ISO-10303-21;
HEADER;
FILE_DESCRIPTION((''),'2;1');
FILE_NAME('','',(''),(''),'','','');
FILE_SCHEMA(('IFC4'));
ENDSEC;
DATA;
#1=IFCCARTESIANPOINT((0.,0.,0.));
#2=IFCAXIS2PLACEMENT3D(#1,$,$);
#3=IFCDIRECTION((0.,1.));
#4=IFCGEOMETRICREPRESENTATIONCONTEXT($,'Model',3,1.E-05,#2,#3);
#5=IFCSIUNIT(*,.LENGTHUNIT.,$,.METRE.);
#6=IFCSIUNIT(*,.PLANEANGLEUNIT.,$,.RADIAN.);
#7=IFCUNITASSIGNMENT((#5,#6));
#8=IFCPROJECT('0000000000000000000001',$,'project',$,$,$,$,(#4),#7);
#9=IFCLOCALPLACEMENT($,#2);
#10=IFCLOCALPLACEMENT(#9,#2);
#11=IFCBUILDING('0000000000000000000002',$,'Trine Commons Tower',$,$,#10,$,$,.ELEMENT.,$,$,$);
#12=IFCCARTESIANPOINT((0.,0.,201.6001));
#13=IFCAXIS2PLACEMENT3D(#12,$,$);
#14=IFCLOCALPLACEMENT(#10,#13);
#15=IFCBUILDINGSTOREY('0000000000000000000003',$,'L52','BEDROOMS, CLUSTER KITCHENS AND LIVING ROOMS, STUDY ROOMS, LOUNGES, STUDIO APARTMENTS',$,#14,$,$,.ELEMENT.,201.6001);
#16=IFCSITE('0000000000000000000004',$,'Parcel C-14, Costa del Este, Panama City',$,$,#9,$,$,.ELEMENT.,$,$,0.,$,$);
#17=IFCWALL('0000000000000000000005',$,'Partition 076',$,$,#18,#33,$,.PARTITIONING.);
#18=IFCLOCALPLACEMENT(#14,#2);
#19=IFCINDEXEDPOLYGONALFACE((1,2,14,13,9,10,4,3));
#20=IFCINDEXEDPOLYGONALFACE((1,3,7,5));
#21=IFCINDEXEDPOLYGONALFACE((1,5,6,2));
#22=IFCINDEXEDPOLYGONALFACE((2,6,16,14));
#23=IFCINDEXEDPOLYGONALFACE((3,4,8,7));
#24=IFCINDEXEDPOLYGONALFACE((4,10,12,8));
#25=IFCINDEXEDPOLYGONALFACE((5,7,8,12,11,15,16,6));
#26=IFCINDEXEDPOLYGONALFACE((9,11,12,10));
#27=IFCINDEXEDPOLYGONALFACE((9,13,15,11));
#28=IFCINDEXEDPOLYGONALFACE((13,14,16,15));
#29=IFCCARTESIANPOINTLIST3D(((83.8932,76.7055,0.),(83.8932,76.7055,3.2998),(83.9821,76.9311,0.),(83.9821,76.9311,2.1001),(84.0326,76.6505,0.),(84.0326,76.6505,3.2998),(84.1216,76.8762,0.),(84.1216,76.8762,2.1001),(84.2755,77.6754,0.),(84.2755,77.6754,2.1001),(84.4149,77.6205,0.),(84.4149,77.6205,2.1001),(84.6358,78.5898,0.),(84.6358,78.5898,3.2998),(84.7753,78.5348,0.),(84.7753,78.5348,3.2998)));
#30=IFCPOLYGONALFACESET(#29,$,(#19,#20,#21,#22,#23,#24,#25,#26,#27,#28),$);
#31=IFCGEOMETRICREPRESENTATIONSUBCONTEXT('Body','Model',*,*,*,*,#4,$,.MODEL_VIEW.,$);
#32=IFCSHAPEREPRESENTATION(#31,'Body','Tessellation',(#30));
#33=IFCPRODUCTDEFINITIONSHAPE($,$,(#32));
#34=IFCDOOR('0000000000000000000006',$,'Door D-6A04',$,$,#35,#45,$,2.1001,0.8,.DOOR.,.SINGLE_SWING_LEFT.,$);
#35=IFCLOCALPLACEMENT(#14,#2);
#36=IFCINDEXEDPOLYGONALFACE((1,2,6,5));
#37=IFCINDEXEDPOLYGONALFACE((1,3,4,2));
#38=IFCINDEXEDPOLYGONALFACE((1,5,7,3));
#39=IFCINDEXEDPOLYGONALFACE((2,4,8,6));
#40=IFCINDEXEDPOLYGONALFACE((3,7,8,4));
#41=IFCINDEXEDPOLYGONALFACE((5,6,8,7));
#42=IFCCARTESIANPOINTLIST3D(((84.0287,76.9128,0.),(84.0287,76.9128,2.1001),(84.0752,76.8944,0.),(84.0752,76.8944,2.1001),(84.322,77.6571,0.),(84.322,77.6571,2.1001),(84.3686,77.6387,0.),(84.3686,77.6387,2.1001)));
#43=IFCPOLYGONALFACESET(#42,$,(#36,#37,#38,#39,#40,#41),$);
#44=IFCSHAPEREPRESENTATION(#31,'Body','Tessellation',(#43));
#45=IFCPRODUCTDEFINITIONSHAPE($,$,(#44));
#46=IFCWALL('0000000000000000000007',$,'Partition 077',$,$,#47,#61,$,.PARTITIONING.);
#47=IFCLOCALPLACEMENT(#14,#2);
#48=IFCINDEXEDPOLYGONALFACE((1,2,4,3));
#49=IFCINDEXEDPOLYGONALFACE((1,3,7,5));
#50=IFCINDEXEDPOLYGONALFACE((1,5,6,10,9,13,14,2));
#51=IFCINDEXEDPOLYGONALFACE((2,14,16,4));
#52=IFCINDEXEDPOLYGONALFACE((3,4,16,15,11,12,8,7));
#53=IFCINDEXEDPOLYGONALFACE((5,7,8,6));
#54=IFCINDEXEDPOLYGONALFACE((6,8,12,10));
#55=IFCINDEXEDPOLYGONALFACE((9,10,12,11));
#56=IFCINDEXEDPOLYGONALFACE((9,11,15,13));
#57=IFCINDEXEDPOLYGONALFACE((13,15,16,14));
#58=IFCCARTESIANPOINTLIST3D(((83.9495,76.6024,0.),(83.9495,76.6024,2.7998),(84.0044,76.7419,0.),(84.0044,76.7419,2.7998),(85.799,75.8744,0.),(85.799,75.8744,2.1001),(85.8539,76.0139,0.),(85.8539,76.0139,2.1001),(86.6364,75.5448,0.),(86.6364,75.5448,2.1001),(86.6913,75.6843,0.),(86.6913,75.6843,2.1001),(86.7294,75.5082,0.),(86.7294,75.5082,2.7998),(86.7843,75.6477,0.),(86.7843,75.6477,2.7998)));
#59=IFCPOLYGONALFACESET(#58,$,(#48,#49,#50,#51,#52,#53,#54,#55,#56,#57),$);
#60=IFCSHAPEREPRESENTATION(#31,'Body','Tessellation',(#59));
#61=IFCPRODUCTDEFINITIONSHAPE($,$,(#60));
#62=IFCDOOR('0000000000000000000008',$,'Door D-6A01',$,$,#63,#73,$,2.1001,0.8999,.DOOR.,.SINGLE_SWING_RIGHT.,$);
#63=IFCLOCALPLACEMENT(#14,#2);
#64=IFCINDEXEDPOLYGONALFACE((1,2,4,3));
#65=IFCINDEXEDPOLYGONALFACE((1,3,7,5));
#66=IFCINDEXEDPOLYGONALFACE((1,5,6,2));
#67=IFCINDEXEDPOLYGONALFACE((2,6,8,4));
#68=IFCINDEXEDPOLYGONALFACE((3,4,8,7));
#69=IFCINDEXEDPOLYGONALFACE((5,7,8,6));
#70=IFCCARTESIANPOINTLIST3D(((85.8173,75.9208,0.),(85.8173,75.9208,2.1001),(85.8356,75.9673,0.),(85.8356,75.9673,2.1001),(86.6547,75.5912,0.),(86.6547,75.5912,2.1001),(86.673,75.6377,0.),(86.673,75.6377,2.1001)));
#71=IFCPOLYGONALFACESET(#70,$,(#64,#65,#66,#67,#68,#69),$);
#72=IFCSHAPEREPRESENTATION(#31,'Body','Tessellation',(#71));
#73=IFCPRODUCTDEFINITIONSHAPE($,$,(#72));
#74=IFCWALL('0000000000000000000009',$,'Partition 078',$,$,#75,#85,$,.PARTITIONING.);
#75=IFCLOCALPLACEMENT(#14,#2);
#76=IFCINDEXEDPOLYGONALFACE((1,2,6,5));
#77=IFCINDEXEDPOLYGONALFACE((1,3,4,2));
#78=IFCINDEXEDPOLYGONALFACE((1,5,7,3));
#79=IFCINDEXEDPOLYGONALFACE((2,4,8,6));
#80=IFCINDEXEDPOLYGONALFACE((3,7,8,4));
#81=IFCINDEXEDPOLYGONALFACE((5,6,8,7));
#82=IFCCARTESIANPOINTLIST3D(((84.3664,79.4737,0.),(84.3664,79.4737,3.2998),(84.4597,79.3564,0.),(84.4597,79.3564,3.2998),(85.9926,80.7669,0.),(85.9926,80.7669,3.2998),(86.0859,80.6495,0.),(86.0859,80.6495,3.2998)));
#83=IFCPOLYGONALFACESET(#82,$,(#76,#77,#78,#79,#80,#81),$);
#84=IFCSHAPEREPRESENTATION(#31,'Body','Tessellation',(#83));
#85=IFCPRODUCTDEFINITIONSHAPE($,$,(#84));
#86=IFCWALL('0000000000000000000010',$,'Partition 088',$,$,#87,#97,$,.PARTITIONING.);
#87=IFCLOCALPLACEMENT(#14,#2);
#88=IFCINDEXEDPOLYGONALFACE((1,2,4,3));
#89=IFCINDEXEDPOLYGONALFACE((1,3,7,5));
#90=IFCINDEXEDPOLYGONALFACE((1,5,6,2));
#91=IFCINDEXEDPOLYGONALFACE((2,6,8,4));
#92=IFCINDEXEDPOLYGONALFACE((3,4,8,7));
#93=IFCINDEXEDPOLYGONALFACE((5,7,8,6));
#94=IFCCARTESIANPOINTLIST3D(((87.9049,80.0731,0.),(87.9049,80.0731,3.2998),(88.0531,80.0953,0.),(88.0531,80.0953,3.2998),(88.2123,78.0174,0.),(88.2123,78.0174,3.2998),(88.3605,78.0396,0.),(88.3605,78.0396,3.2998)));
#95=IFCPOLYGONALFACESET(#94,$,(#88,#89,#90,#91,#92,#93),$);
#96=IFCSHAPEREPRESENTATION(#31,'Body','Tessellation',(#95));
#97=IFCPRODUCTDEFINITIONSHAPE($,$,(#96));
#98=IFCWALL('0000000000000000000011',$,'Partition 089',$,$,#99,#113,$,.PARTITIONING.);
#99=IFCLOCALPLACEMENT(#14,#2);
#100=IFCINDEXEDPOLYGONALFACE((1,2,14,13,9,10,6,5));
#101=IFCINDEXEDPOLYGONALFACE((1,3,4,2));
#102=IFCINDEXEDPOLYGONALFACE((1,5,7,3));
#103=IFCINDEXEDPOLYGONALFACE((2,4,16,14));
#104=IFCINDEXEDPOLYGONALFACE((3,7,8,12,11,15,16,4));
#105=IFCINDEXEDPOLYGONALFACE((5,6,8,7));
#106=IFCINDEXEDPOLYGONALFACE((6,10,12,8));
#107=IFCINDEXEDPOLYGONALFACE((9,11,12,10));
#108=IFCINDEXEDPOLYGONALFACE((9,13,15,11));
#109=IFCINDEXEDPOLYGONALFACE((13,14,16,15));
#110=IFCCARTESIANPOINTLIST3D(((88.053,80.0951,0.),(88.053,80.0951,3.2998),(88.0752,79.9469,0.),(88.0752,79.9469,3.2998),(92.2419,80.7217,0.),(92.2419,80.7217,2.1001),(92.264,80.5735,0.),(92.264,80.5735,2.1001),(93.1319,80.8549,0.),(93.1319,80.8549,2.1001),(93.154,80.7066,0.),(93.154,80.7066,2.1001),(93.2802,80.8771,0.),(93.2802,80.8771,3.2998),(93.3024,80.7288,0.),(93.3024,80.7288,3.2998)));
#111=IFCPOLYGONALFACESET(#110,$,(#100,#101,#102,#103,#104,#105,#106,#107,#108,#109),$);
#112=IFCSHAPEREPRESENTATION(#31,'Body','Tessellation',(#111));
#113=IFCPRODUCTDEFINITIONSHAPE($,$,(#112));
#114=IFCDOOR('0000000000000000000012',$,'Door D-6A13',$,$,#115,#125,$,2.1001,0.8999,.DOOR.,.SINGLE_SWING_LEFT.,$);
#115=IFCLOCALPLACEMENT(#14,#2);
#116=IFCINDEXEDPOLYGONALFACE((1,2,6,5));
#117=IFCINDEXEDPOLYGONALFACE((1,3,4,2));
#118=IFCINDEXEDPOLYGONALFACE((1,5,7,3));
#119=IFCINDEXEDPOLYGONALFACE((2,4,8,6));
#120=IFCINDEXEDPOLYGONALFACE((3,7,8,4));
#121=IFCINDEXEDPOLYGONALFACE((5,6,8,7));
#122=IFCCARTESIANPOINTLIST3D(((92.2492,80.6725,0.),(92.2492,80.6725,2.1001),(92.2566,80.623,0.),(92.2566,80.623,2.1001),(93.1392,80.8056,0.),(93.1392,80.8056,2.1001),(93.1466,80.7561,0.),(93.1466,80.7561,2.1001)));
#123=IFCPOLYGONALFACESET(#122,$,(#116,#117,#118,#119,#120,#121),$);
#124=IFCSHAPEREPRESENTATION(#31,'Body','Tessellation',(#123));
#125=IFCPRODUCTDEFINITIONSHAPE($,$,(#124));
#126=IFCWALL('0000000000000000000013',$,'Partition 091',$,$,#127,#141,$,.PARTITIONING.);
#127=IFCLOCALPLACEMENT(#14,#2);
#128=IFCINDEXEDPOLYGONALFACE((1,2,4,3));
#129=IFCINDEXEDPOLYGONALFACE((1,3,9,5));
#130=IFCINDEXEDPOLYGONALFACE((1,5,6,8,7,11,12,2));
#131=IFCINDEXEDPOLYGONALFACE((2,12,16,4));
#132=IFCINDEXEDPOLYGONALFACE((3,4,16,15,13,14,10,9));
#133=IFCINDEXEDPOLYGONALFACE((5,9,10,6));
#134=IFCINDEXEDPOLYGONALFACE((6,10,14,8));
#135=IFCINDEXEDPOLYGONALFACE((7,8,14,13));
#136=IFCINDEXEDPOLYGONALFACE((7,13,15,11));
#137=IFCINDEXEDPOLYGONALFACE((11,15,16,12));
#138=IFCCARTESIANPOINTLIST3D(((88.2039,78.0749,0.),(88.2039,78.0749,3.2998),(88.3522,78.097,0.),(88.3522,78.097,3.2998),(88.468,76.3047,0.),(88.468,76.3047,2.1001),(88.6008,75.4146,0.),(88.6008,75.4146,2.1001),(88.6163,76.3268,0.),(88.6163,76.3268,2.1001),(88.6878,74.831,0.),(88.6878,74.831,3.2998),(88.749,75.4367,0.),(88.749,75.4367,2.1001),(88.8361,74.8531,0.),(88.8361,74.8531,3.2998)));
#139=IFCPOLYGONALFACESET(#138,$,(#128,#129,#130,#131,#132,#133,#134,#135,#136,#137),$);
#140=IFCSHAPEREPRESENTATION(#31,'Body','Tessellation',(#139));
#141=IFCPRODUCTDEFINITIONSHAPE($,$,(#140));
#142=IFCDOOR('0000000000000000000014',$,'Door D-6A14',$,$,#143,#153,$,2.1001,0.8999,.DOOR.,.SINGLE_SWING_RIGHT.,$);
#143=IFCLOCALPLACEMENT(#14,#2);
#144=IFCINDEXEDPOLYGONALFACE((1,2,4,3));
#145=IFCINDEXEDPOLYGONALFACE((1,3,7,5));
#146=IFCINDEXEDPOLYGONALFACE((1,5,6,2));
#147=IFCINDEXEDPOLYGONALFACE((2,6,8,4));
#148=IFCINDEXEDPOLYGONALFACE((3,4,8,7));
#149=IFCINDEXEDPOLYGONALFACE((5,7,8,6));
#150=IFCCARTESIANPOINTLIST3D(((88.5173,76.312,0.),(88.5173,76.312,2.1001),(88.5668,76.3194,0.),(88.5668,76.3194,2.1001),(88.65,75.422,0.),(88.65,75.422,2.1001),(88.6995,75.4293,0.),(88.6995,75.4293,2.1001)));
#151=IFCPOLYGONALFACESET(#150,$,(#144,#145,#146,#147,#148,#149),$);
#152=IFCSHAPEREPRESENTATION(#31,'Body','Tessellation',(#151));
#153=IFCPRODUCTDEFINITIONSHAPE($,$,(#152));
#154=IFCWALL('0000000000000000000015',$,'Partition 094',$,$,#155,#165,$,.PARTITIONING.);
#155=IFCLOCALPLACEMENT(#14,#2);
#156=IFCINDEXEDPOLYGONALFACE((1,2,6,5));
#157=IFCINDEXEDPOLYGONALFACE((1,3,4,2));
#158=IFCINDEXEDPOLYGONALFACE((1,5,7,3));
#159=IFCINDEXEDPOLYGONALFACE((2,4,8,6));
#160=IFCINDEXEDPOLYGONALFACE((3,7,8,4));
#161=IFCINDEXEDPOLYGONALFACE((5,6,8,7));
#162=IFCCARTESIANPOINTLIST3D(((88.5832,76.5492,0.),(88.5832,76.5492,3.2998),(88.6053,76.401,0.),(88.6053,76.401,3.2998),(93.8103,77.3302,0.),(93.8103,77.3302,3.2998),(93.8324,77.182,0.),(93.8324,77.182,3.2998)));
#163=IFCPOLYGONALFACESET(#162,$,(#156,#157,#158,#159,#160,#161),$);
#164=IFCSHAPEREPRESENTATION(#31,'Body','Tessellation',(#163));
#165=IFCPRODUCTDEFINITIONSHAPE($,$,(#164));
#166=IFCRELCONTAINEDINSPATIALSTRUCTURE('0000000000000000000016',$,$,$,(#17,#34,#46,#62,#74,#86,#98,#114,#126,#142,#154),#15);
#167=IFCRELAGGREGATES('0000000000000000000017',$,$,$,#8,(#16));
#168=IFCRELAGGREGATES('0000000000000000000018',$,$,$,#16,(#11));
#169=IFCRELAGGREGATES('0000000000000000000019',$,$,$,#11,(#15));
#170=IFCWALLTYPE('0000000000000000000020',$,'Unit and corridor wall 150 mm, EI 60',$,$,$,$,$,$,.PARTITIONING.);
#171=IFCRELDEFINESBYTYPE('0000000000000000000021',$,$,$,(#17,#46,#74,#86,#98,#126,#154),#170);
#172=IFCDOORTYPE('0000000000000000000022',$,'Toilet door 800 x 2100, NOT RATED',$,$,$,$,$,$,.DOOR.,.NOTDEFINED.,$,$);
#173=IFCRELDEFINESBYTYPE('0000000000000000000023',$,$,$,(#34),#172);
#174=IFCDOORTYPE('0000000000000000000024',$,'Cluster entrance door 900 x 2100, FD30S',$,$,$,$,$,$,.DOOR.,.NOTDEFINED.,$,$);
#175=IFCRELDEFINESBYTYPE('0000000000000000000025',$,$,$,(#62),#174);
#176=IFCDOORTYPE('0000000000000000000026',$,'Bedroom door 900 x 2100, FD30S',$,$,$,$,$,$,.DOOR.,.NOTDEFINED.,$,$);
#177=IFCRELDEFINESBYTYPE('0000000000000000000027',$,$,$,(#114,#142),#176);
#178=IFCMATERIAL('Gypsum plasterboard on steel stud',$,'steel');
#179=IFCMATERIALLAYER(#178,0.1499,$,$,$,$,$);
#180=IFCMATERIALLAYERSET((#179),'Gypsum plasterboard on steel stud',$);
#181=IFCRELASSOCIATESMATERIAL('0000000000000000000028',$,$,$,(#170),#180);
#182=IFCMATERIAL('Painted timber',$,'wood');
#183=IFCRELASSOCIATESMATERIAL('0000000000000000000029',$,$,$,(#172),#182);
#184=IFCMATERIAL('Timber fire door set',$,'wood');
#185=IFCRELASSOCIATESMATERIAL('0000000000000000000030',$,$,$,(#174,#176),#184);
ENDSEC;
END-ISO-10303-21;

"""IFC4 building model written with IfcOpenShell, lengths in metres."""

from ifc_helpers import new_model, si_unit, direction, frame, frame_2d, origin, place, context, subcontext, project, spatial, rectangle, extrude, material, layer, layer_set, type_object, element, fill, save


model = new_model("IFC4")

# Units and contexts
model_context = context("Model", 3, precision=1e-05, world=origin(), true_north=direction((0.0, 1.0)))
body_context = subcontext(model_context, "Body", "Model", "MODEL_VIEW")
ifc_project = project(units=[si_unit("LENGTHUNIT", "METRE"), si_unit("PLANEANGLEUNIT", "RADIAN")], contexts=[model_context])

# Site, building, storey
site_placement = place(None, origin())
site = spatial("IfcSite", under=ifc_project, at=site_placement, Name="Parcel C-14, Costa del Este, Panama City", CompositionType="ELEMENT", RefElevation=0.0)
building_placement = place(site_placement, origin())
building = spatial("IfcBuilding", under=site, at=building_placement, Name="Trine Commons Tower", CompositionType="ELEMENT")
storey_placement = place(building_placement, frame((0.0, 0.0, 201.6001)))
storey = spatial("IfcBuildingStorey", under=building, at=storey_placement, Name="L52", Description="BEDROOMS, CLUSTER KITCHENS AND LIVING ROOMS, STUDY ROOMS, LOUNGES, STUDIO APARTMENTS", CompositionType="ELEMENT", Elevation=201.6001)

# Shared definitions
ifc_material_1 = material(Name="Gypsum plasterboard on steel stud", Category="steel")
ifc_layer_1 = layer(ifc_material_1, 0.1499)
ifc_layer_set_1 = layer_set([ifc_layer_1], Name="Gypsum plasterboard on steel stud")
wall_type_1 = type_object("IfcWallType", Name="Unit and corridor wall 150 mm, EI 60", PredefinedType="PARTITIONING", material=ifc_layer_set_1)

# Walls, openings, doors
wall_1_placement = place(storey_placement, frame((83.9629, 76.678, 0.0), z_axis=(0.0, 0.0, 1.0), x_axis=(0.366689, 0.930344, 0.0)))
wall_1 = element("IfcWall", 1, at=wall_1_placement, inside=storey, type_object=wall_type_1, Name="Partition 076", PredefinedType="PARTITIONING", context=body_context, shape_type="SweptSolid", body=[
    extrude(rectangle(XDim=2.0254, YDim=0.1499, at=frame_2d((1.0127, 0.0))), origin(), (0.0, 0.0, 1.0), 3.2998),
])
opening_1_placement = place(wall_1_placement, frame((0.2427, 0.0, 0.0)))
opening_1 = element("IfcOpeningElement", 2, at=opening_1_placement, cuts=wall_1, PredefinedType="OPENING", context=body_context, shape_type="SweptSolid", body=[
    extrude(rectangle(XDim=0.8, YDim=2.1001, at=frame_2d((0.3999, 1.05))), frame((0.0, 0.085, 0.0), z_axis=(0.0, -1.0, 0.0), x_axis=(1.0, 0.0, 0.0)), (0.0, 0.0, 1.0), 0.1699),
])
ifc_material_2 = material(Name="Painted timber", Category="wood")
door_type_1 = type_object("IfcDoorType", Name="Toilet door 800 x 2100, NOT RATED", OperationType="NOTDEFINED", PredefinedType="DOOR", material=ifc_material_2)
door_1_placement = place(opening_1_placement, origin())
door_1 = element("IfcDoor", 3, at=door_1_placement, inside=storey, type_object=door_type_1, Name="Door D-6A04", OperationType="SINGLE_SWING_LEFT", OverallHeight=2.1001, OverallWidth=0.8, PredefinedType="DOOR", context=body_context, shape_type="SweptSolid", body=[
    extrude(rectangle(XDim=0.8, YDim=2.1001, at=frame_2d((0.3999, 1.05))), frame((0.0, 0.0249, 0.0), z_axis=(0.0, -1.0, 0.0), x_axis=(1.0, 0.0, 0.0)), (0.0, 0.0, 1.0), 0.05),
])
fill(opening_1, door_1)
wall_2_placement = place(storey_placement, frame((83.9771, 76.6721, 0.0), z_axis=(0.0, 0.0, 1.0), x_axis=(0.930514, -0.366257, 0.0)))
wall_2 = element("IfcWall", 4, at=wall_2_placement, inside=storey, type_object=wall_type_1, Name="Partition 077", PredefinedType="PARTITIONING", context=body_context, shape_type="SweptSolid", body=[
    extrude(rectangle(XDim=2.9875, YDim=0.1499, at=frame_2d((1.4937, 0.0))), origin(), (0.0, 0.0, 1.0), 2.7998),
])
opening_2_placement = place(wall_2_placement, frame((1.9875, 0.0, 0.0)))
opening_2 = element("IfcOpeningElement", 5, at=opening_2_placement, cuts=wall_2, PredefinedType="OPENING", context=body_context, shape_type="SweptSolid", body=[
    extrude(rectangle(XDim=0.8999, YDim=2.1001, at=frame_2d((0.45, 1.05))), frame((0.0, 0.085, 0.0), z_axis=(0.0, -1.0, 0.0), x_axis=(1.0, 0.0, 0.0)), (0.0, 0.0, 1.0), 0.1699),
])
ifc_material_3 = material(Name="Timber fire door set", Category="wood")
door_type_2 = type_object("IfcDoorType", Name="Cluster entrance door 900 x 2100, FD30S", OperationType="NOTDEFINED", PredefinedType="DOOR", material=ifc_material_3)
door_2_placement = place(opening_2_placement, origin())
door_2 = element("IfcDoor", 6, at=door_2_placement, inside=storey, type_object=door_type_2, Name="Door D-6A01", OperationType="SINGLE_SWING_RIGHT", OverallHeight=2.1001, OverallWidth=0.8999, PredefinedType="DOOR", context=body_context, shape_type="SweptSolid", body=[
    extrude(rectangle(XDim=0.8999, YDim=2.1001, at=frame_2d((0.45, 1.05))), frame((0.0, 0.0249, 0.0), z_axis=(0.0, -1.0, 0.0), x_axis=(1.0, 0.0, 0.0)), (0.0, 0.0, 1.0), 0.05),
])
fill(opening_2, door_2)

# Walls
wall_3_placement = place(storey_placement, frame((84.4131, 79.415, 0.0), z_axis=(0.0, 0.0, 1.0), x_axis=(0.782688, 0.622414, 0.0)))
element("IfcWall", 7, at=wall_3_placement, inside=storey, type_object=wall_type_1, Name="Partition 078", PredefinedType="PARTITIONING", context=body_context, shape_type="SweptSolid", body=[
    extrude(rectangle(XDim=2.0776, YDim=0.1499, at=frame_2d((1.0388, 0.0))), origin(), (0.0, 0.0, 1.0), 3.2998),
])
wall_4_placement = place(storey_placement, frame((87.979, 80.0842, 0.0), z_axis=(0.0, 0.0, 1.0), x_axis=(0.147881, -0.989005, 0.0)))
element("IfcWall", 8, at=wall_4_placement, inside=storey, type_object=wall_type_1, Name="Partition 088", PredefinedType="PARTITIONING", context=body_context, shape_type="SweptSolid", body=[
    extrude(rectangle(XDim=2.0786, YDim=0.1499, at=frame_2d((1.0393, 0.0))), origin(), (0.0, 0.0, 1.0), 3.2998),
])

# Walls, openings, doors
wall_5_placement = place(storey_placement, frame((88.0642, 80.021, 0.0), z_axis=(0.0, 0.0, 1.0), x_axis=(0.988995, 0.14795, 0.0)))
wall_5 = element("IfcWall", 9, at=wall_5_placement, inside=storey, type_object=wall_type_1, Name="Partition 089", PredefinedType="PARTITIONING", context=body_context, shape_type="SweptSolid", body=[
    extrude(rectangle(XDim=5.2854, YDim=0.1499, at=frame_2d((2.6426, 0.0))), origin(), (0.0, 0.0, 1.0), 3.2998),
])
opening_3_placement = place(wall_5_placement, frame((4.2354, 0.0, 0.0)))
opening_3 = element("IfcOpeningElement", 10, at=opening_3_placement, cuts=wall_5, PredefinedType="OPENING", context=body_context, shape_type="SweptSolid", body=[
    extrude(rectangle(XDim=0.8999, YDim=2.1001, at=frame_2d((0.45, 1.05))), frame((0.0, 0.085, 0.0), z_axis=(0.0, -1.0, 0.0), x_axis=(1.0, 0.0, 0.0)), (0.0, 0.0, 1.0), 0.1699),
])
door_type_3 = type_object("IfcDoorType", Name="Bedroom door 900 x 2100, FD30S", OperationType="NOTDEFINED", PredefinedType="DOOR", material=ifc_material_3)
door_3_placement = place(opening_3_placement, frame((0.8999, 0.0, 0.0), z_axis=(0.0, 0.0, 1.0), x_axis=(-1.0, 0.0, 0.0)))
door_3 = element("IfcDoor", 11, at=door_3_placement, inside=storey, type_object=door_type_3, Name="Door D-6A13", OperationType="SINGLE_SWING_LEFT", OverallHeight=2.1001, OverallWidth=0.8999, PredefinedType="DOOR", context=body_context, shape_type="SweptSolid", body=[
    extrude(rectangle(XDim=0.8999, YDim=2.1001, at=frame_2d((0.45, 1.05))), frame((0.0, 0.0249, 0.0), z_axis=(0.0, -1.0, 0.0), x_axis=(1.0, 0.0, 0.0)), (0.0, 0.0, 1.0), 0.05),
])
fill(opening_3, door_3)
wall_6_placement = place(storey_placement, frame((88.2781, 78.0859, 0.0), z_axis=(0.0, 0.0, 1.0), x_axis=(0.147536, -0.989057, 0.0)))
wall_6 = element("IfcWall", 12, at=wall_6_placement, inside=storey, type_object=wall_type_1, Name="Partition 091", PredefinedType="PARTITIONING", context=body_context, shape_type="SweptSolid", body=[
    extrude(rectangle(XDim=3.2798, YDim=0.1499, at=frame_2d((1.6399, 0.0))), origin(), (0.0, 0.0, 1.0), 3.2998),
])
opening_4_placement = place(wall_6_placement, frame((1.7898, 0.0, 0.0)))
opening_4 = element("IfcOpeningElement", 13, at=opening_4_placement, cuts=wall_6, PredefinedType="OPENING", context=body_context, shape_type="SweptSolid", body=[
    extrude(rectangle(XDim=0.8999, YDim=2.1001, at=frame_2d((0.45, 1.05))), frame((0.0, 0.085, 0.0), z_axis=(0.0, -1.0, 0.0), x_axis=(1.0, 0.0, 0.0)), (0.0, 0.0, 1.0), 0.1699),
])
door_4_placement = place(opening_4_placement, origin())
door_4 = element("IfcDoor", 14, at=door_4_placement, inside=storey, type_object=door_type_3, Name="Door D-6A14", OperationType="SINGLE_SWING_RIGHT", OverallHeight=2.1001, OverallWidth=0.8999, PredefinedType="DOOR", context=body_context, shape_type="SweptSolid", body=[
    extrude(rectangle(XDim=0.8999, YDim=2.1001, at=frame_2d((0.45, 1.05))), frame((0.0, 0.0249, 0.0), z_axis=(0.0, -1.0, 0.0), x_axis=(1.0, 0.0, 0.0)), (0.0, 0.0, 1.0), 0.05),
])
fill(opening_4, door_4)

# Wall
wall_7_placement = place(storey_placement, frame((88.5942, 76.4751, 0.0), z_axis=(0.0, 0.0, 1.0), x_axis=(0.989021, 0.147776, 0.0)))
element("IfcWall", 15, at=wall_7_placement, inside=storey, type_object=wall_type_1, Name="Partition 094", PredefinedType="PARTITIONING", context=body_context, shape_type="SweptSolid", body=[
    extrude(rectangle(XDim=5.2852, YDim=0.1499, at=frame_2d((2.6426, 0.0))), origin(), (0.0, 0.0, 1.0), 3.2998),
])

save(model, "model.ifc")
